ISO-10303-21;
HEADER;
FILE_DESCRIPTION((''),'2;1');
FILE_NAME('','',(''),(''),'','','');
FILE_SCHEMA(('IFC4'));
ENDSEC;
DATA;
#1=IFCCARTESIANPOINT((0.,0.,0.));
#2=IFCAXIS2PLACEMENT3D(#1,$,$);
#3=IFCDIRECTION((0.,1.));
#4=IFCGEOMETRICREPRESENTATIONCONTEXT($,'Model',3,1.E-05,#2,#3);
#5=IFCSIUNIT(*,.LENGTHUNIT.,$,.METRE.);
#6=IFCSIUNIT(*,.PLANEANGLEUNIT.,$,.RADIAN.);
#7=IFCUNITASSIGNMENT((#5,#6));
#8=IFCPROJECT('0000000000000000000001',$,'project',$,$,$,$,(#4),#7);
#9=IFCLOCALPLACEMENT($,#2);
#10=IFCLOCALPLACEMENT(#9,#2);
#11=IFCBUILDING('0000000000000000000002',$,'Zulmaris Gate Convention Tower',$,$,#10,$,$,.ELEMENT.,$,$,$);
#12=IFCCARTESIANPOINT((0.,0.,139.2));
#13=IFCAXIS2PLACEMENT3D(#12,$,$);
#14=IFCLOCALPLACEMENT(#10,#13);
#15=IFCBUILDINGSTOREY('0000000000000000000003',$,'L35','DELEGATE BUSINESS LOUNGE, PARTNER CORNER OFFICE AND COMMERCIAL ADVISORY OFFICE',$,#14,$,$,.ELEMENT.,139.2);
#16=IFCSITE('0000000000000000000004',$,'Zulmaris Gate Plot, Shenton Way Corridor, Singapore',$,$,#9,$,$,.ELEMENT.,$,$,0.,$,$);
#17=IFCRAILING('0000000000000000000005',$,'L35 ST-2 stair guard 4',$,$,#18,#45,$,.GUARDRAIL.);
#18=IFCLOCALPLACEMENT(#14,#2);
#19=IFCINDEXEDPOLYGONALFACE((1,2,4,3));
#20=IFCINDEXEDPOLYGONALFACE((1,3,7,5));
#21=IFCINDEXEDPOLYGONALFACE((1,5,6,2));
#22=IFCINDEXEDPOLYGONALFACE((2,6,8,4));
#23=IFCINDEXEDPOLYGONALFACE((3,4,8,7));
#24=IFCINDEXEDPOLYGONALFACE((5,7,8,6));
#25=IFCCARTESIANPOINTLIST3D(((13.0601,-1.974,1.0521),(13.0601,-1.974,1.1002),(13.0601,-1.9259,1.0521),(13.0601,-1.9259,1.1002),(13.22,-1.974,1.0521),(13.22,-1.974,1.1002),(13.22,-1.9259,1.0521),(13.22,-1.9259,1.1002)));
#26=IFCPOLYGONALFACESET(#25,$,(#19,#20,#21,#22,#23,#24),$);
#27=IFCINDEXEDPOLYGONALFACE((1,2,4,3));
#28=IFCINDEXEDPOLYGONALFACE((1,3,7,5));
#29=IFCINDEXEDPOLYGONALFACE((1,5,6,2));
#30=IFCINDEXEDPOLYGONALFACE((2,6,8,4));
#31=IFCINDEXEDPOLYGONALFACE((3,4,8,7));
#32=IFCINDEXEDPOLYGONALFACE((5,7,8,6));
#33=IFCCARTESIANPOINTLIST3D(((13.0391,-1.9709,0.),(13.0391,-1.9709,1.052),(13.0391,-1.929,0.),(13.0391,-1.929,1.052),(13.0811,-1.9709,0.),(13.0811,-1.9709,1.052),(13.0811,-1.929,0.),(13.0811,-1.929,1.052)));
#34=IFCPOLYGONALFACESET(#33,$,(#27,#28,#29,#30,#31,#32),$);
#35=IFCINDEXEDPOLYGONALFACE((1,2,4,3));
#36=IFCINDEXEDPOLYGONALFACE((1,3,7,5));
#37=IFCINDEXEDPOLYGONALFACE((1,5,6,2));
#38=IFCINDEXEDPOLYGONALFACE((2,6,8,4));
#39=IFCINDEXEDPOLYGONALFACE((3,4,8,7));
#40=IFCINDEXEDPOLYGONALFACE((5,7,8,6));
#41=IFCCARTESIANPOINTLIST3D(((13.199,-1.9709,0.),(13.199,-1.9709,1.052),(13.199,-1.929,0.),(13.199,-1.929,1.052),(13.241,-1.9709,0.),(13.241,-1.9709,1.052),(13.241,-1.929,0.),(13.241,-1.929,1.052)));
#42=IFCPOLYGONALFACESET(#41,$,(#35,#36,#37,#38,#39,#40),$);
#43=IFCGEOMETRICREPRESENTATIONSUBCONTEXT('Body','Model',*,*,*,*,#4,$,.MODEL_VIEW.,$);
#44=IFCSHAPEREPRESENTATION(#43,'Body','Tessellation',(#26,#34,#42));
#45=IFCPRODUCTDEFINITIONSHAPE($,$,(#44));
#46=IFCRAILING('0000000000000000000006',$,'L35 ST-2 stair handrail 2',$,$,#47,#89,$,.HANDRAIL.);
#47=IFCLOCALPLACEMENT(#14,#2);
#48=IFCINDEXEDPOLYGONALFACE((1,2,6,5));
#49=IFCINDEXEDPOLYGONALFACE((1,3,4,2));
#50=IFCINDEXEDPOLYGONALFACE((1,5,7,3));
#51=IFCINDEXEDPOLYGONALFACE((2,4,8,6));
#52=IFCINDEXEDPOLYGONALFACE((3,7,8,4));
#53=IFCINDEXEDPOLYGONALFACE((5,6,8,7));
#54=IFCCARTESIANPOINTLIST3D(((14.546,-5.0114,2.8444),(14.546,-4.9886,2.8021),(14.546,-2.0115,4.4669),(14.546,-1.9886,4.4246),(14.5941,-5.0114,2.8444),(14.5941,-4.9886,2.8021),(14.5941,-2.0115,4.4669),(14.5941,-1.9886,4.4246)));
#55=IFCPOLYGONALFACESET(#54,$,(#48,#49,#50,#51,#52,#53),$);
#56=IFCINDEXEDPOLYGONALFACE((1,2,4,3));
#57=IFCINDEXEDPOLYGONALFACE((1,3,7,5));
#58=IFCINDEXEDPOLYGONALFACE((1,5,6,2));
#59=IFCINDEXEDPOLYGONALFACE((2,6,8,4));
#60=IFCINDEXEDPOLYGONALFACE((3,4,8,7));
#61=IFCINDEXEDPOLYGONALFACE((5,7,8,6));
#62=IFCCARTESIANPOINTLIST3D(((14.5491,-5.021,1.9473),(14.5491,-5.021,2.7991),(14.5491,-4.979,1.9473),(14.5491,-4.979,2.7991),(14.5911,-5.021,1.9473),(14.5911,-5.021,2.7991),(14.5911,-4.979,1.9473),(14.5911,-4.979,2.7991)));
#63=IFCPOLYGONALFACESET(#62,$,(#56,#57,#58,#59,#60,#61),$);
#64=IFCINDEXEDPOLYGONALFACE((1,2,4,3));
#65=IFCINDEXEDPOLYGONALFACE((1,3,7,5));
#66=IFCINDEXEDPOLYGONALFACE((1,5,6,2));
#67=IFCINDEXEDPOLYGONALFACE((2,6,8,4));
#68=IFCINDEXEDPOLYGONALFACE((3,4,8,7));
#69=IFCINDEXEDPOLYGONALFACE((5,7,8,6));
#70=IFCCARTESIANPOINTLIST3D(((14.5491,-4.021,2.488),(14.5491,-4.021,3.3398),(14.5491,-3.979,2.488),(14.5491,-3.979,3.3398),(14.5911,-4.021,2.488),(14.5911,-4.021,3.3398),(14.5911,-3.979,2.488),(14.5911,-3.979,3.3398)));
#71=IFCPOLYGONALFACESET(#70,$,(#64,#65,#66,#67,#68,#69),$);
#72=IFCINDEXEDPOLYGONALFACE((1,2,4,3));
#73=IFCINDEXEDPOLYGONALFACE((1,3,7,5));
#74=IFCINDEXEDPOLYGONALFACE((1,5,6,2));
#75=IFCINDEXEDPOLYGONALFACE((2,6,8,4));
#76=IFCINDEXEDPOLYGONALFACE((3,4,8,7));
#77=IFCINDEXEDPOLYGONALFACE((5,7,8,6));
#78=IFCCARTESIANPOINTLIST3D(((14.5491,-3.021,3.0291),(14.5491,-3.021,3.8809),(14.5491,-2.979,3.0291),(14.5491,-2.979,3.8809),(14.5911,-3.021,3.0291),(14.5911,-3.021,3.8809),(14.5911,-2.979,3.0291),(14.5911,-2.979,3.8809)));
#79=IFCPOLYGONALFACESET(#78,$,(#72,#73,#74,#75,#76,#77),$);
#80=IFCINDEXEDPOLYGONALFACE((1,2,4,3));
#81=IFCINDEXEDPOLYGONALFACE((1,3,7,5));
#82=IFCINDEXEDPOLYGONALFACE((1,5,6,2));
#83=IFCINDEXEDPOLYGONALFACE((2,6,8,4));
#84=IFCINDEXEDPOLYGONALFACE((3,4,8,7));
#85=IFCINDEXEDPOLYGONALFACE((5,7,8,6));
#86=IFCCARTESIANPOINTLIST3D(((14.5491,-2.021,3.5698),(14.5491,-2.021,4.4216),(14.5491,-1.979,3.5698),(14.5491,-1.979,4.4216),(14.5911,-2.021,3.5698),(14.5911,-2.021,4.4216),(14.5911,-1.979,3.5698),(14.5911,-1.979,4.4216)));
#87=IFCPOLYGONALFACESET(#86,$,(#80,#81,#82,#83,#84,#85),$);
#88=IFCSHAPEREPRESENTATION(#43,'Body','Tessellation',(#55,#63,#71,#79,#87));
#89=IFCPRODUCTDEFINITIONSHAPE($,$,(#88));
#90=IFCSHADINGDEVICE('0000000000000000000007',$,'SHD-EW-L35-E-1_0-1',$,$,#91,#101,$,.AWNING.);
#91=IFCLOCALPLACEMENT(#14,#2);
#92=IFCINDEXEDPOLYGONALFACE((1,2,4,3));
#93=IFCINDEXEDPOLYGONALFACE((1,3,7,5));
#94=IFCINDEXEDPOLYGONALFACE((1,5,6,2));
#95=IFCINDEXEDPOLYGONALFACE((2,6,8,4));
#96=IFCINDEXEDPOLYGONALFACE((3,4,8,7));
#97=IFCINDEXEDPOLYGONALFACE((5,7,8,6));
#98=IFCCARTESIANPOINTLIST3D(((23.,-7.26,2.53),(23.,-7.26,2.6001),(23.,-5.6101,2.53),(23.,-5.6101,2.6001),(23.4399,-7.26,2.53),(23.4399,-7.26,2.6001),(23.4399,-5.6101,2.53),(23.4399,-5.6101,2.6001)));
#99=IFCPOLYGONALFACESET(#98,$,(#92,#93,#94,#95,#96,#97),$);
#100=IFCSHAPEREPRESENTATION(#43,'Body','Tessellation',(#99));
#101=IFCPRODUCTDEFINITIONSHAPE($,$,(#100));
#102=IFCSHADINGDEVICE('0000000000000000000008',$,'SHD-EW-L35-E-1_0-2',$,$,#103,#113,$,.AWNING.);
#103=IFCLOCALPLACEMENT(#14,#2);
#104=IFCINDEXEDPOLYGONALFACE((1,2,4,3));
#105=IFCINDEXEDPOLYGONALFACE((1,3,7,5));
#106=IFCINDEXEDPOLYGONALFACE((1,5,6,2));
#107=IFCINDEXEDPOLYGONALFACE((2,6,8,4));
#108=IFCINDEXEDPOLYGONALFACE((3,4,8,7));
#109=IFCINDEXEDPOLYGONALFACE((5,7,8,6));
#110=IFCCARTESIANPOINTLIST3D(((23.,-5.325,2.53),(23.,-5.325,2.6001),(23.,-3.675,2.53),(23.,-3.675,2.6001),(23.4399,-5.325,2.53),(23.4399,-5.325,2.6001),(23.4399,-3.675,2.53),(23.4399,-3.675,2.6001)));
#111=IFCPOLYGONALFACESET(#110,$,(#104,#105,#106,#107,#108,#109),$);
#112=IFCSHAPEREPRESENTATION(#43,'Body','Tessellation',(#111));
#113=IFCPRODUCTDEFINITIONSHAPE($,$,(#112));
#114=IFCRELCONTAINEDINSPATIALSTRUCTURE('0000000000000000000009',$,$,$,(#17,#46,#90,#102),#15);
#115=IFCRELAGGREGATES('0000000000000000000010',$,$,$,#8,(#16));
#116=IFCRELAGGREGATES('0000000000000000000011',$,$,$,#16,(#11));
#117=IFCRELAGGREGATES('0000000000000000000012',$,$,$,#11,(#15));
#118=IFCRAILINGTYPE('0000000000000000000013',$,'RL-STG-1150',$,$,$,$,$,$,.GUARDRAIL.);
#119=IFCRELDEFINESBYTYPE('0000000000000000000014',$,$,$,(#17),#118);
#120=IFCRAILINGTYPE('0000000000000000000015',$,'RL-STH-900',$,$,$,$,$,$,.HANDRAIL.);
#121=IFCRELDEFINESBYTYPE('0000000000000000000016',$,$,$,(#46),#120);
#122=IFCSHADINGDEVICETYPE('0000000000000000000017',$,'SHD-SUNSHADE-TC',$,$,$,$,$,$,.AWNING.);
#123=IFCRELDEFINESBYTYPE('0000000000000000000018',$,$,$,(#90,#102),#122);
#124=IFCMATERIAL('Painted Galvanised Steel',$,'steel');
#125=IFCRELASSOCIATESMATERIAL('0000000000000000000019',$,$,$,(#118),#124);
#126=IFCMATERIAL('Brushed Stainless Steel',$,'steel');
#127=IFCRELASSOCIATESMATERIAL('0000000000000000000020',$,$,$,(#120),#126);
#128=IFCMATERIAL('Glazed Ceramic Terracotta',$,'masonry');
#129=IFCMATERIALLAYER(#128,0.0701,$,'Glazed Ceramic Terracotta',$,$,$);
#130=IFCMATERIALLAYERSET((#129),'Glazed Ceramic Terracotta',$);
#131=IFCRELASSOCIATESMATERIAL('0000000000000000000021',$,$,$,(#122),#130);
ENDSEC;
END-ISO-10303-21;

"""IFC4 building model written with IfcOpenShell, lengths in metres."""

from ifc_helpers import new_model, si_unit, direction, frame, frame_2d, origin, origin_2d, place, context, subcontext, project, spatial, rectangle, extrude, material, layer, layer_set, type_object, element, save


model = new_model("IFC4")

# Units and contexts
model_context = context("Model", 3, precision=1e-05, world=origin(), true_north=direction((0.0, 1.0)))
body_context = subcontext(model_context, "Body", "Model", "MODEL_VIEW")
ifc_project = project(units=[si_unit("LENGTHUNIT", "METRE"), si_unit("PLANEANGLEUNIT", "RADIAN")], contexts=[model_context])

# Site, building, storey
site_placement = place(None, origin())
site = spatial("IfcSite", under=ifc_project, at=site_placement, Name="Zulmaris Gate Plot, Shenton Way Corridor, Singapore", CompositionType="ELEMENT", RefElevation=0.0)
building_placement = place(site_placement, origin())
building = spatial("IfcBuilding", under=site, at=building_placement, Name="Zulmaris Gate Convention Tower", CompositionType="ELEMENT")
storey_placement = place(building_placement, frame((0.0, 0.0, 139.2)))
storey = spatial("IfcBuildingStorey", under=building, at=storey_placement, Name="L35", Description="DELEGATE BUSINESS LOUNGE, PARTNER CORNER OFFICE AND COMMERCIAL ADVISORY OFFICE", CompositionType="ELEMENT", Elevation=139.2)

# Shared definitions
ifc_material_1 = material(Name="Brushed Stainless Steel", Category="steel")

# Railings
ifc_material_2 = material(Name="Painted Galvanised Steel", Category="steel")
railing_type_1 = type_object("IfcRailingType", Name="RL-STG-1150", PredefinedType="GUARDRAIL", material=ifc_material_2)
railing_1_placement = place(storey_placement, frame((13.0601, -1.95, 0.0)))
element("IfcRailing", 1, at=railing_1_placement, inside=storey, type_object=railing_type_1, Name="L35 ST-2 stair guard 4", PredefinedType="GUARDRAIL", context=body_context, shape_type="SweptSolid", body=[
    extrude(rectangle(XDim=0.0481, YDim=0.0481, at=origin_2d()), frame((0.0, 0.0, 1.0762), z_axis=(1.0, 0.0, 0.0), x_axis=(0.0, 1.0, 0.0)), (0.0, 0.0, 1.0), 0.1599),
    extrude(rectangle(XDim=0.042, YDim=0.042, at=origin_2d()), origin(), (0.0, 0.0, 1.0), 1.052),
    extrude(rectangle(XDim=0.042, YDim=0.042, at=origin_2d()), frame((0.1599, 0.0, 0.0)), (0.0, 0.0, 1.0), 1.052),
])
railing_type_2 = type_object("IfcRailingType", Name="RL-STH-900", PredefinedType="HANDRAIL", material=ifc_material_1)
railing_2_placement = place(storey_placement, frame((14.5701, -5.0, 1.9473)))
element("IfcRailing", 2, at=railing_2_placement, inside=storey, type_object=railing_type_2, Name="L35 ST-2 stair handrail 2", PredefinedType="HANDRAIL", context=body_context, shape_type="SweptSolid", body=[
    extrude(rectangle(XDim=0.0481, YDim=0.0481, at=origin_2d()), frame((0.0, 0.0, 0.876), z_axis=(0.0, 0.879592, 0.47573), x_axis=(-1.0, 0.0, 0.0)), (0.0, 0.0, 1.0), 3.4106),
    extrude(rectangle(XDim=0.042, YDim=0.042, at=origin_2d()), origin(), (0.0, 0.0, 1.0), 0.8518),
    extrude(rectangle(XDim=0.042, YDim=0.042, at=origin_2d()), frame((0.0, 1.0, 0.5408)), (0.0, 0.0, 1.0), 0.8518),
    extrude(rectangle(XDim=0.042, YDim=0.042, at=origin_2d()), frame((0.0, 2.0, 1.0818)), (0.0, 0.0, 1.0), 0.8518),
    extrude(rectangle(XDim=0.042, YDim=0.042, at=origin_2d()), frame((0.0, 3.0, 1.6226)), (0.0, 0.0, 1.0), 0.8518),
])

# Shading devices
ifc_material_3 = material(Name="Glazed Ceramic Terracotta", Category="masonry")
ifc_layer_1 = layer(ifc_material_3, 0.0701, Name="Glazed Ceramic Terracotta")
ifc_layer_set_1 = layer_set([ifc_layer_1], Name="Glazed Ceramic Terracotta")
shading_device_type = type_object("IfcShadingDeviceType", Name="SHD-SUNSHADE-TC", PredefinedType="AWNING", material=ifc_layer_set_1)
for number, where, z_axis, x_axis, name in (
    (3, (23.22, -7.26, 2.53), (0.0, 0.0, 1.0), (0.0, 1.0, 0.0), "SHD-EW-L35-E-1_0-1"),
    (4, (23.22, -5.325, 2.53), (0.0, 0.0, 1.0), (0.0, 1.0, 0.0), "SHD-EW-L35-E-1_0-2"),
):
    element("IfcShadingDevice", number, at=place(storey_placement, frame(where, z_axis=z_axis, x_axis=x_axis)), inside=storey, type_object=shading_device_type, Name=name, PredefinedType="AWNING", context=body_context, shape_type="SweptSolid", body=[
        extrude(rectangle(XDim=1.6499, YDim=0.4399, at=frame_2d((0.825, 0.0))), origin(), (0.0, 0.0, 1.0), 0.0701),
    ])

save(model, "model.ifc")
